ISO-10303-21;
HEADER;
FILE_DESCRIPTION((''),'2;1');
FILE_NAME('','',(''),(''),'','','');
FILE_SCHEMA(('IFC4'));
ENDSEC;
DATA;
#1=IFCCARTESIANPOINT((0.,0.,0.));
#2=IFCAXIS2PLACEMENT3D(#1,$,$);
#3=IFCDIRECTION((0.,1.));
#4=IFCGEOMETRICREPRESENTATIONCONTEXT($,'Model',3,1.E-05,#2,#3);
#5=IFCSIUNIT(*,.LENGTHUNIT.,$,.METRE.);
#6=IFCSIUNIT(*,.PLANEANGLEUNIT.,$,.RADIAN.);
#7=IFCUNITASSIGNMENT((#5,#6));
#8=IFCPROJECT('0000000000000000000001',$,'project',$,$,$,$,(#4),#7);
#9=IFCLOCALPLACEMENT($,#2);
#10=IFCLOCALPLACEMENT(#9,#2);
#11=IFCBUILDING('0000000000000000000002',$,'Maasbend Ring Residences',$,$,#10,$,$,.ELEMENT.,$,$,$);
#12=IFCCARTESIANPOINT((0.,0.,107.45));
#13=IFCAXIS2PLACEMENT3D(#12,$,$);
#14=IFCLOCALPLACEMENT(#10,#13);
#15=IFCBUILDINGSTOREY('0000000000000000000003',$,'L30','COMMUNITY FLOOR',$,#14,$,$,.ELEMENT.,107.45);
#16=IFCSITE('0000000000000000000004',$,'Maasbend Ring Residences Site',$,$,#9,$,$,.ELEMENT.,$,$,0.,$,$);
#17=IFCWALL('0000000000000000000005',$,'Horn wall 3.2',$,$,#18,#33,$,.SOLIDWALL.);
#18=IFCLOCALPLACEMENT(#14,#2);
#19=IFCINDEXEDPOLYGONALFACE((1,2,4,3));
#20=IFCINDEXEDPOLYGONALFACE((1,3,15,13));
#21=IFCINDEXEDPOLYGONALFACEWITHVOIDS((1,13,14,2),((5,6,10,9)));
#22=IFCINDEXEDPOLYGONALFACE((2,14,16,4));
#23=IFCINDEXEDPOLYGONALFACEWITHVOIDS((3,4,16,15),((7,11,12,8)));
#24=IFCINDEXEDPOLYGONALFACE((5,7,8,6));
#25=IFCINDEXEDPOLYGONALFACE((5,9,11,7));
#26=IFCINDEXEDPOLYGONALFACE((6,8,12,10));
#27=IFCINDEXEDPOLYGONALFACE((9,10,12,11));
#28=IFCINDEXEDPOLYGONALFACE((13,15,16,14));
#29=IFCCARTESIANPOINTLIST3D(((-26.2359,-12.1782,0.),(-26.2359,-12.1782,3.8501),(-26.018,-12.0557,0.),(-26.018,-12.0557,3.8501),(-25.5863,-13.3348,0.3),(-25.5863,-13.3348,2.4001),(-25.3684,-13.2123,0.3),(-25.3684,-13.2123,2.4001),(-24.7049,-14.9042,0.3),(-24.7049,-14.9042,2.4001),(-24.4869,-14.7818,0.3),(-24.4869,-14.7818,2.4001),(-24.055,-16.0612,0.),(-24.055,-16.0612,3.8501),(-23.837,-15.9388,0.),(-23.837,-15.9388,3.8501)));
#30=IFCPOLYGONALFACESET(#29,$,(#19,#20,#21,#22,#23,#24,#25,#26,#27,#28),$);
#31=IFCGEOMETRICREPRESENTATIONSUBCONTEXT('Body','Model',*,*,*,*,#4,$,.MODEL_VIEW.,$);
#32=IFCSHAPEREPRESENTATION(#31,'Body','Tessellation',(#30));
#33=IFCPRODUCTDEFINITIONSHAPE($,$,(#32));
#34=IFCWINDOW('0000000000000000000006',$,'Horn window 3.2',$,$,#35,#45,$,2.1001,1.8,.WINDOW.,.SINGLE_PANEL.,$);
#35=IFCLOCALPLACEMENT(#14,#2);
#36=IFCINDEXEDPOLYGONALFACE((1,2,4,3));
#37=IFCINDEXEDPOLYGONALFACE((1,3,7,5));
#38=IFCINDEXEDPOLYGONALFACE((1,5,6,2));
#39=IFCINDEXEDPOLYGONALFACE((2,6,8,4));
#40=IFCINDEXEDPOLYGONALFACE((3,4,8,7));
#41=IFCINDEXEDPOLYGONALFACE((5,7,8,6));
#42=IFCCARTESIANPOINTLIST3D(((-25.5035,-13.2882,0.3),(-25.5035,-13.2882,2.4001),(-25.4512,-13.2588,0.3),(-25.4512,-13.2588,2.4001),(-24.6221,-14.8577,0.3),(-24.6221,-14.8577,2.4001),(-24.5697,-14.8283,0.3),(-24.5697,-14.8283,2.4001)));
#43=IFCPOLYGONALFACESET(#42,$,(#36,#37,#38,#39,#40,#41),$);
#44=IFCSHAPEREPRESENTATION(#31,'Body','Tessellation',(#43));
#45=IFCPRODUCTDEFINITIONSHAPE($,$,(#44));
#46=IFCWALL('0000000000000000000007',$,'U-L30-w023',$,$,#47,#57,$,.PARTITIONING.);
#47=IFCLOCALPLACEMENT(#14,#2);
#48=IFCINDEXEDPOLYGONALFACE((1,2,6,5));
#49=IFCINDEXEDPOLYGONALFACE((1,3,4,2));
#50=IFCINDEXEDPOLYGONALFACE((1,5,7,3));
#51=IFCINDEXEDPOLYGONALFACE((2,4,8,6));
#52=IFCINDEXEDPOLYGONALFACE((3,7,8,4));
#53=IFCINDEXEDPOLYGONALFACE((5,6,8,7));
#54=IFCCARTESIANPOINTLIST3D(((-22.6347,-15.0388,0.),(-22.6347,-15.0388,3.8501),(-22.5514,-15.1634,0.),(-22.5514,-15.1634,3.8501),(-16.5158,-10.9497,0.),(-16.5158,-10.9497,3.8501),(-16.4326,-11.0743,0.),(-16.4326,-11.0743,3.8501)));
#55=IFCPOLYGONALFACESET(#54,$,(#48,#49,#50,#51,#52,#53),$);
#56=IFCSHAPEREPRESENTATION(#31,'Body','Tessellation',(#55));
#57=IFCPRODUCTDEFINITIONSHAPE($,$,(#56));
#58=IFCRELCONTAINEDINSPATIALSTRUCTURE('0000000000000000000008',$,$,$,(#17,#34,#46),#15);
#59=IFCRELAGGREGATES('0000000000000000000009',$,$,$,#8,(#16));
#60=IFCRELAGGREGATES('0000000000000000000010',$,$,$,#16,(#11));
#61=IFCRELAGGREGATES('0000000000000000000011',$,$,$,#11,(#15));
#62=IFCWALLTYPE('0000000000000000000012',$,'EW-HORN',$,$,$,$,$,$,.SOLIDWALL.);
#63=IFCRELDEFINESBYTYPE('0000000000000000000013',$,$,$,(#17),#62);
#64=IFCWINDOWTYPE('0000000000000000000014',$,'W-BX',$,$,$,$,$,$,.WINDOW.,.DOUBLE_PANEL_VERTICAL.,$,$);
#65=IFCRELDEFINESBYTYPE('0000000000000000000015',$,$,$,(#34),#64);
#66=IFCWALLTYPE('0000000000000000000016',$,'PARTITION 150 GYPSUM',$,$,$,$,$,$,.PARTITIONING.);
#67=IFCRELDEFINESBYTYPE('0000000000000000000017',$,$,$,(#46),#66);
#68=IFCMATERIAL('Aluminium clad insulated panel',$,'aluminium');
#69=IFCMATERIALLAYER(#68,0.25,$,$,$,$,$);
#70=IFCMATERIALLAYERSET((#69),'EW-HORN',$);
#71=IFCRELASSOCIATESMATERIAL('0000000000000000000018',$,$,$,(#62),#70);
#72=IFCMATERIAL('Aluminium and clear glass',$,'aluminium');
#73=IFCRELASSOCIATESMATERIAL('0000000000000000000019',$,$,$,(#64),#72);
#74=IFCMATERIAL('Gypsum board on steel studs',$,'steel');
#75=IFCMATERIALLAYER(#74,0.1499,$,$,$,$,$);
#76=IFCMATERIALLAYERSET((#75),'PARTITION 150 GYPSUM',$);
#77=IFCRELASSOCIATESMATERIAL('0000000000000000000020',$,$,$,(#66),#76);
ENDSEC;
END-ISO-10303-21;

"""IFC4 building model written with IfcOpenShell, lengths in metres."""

from ifc_helpers import new_model, si_unit, direction, frame, frame_2d, origin, place, context, subcontext, project, spatial, rectangle, extrude, material, layer, layer_set, type_object, element, fill, save


model = new_model("IFC4")

# Units and contexts
model_context = context("Model", 3, precision=1e-05, world=origin(), true_north=direction((0.0, 1.0)))
body_context = subcontext(model_context, "Body", "Model", "MODEL_VIEW")
ifc_project = project(units=[si_unit("LENGTHUNIT", "METRE"), si_unit("PLANEANGLEUNIT", "RADIAN")], contexts=[model_context])

# Site, building, storey
site_placement = place(None, origin())
site = spatial("IfcSite", under=ifc_project, at=site_placement, Name="Maasbend Ring Residences Site", CompositionType="ELEMENT", RefElevation=0.0)
building_placement = place(site_placement, origin())
building = spatial("IfcBuilding", under=site, at=building_placement, Name="Maasbend Ring Residences", CompositionType="ELEMENT")
storey_placement = place(building_placement, frame((0.0, 0.0, 107.45)))
storey = spatial("IfcBuildingStorey", under=building, at=storey_placement, Name="L30", Description="COMMUNITY FLOOR", CompositionType="ELEMENT", Elevation=107.45)

# Wall, opening, window
ifc_material_1 = material(Name="Aluminium clad insulated panel", Category="aluminium")
ifc_layer_1 = layer(ifc_material_1, 0.25)
ifc_layer_set_1 = layer_set([ifc_layer_1], Name="EW-HORN")
wall_type_1 = type_object("IfcWallType", Name="EW-HORN", PredefinedType="SOLIDWALL", material=ifc_layer_set_1)
wall_1_placement = place(storey_placement, frame((-26.127, -12.1169, 0.0), z_axis=(0.0, 0.0, 1.0), x_axis=(0.489696, -0.871893, 0.0)))
wall_1 = element("IfcWall", 1, at=wall_1_placement, inside=storey, type_object=wall_type_1, Name="Horn wall 3.2", PredefinedType="SOLIDWALL", context=body_context, shape_type="SweptSolid", body=[
    extrude(rectangle(XDim=4.4536, YDim=0.25, at=frame_2d((2.2268, 0.0))), origin(), (0.0, 0.0, 1.0), 3.8501),
])
opening_1_placement = place(wall_1_placement, frame((1.3267, 0.0, 0.3)))
opening_1 = element("IfcOpeningElement", 2, at=opening_1_placement, cuts=wall_1, PredefinedType="OPENING", context=body_context, shape_type="SweptSolid", body=[
    extrude(rectangle(XDim=1.8, YDim=2.1001, at=frame_2d((0.8999, 1.05))), frame((0.0, 0.135, 0.0), z_axis=(0.0, -1.0, 0.0), x_axis=(1.0, 0.0, 0.0)), (0.0, 0.0, 1.0), 0.27),
])
ifc_material_2 = material(Name="Aluminium and clear glass", Category="aluminium")
window_type = type_object("IfcWindowType", Name="W-BX", PartitioningType="DOUBLE_PANEL_VERTICAL", PredefinedType="WINDOW", material=ifc_material_2)
window_placement = place(opening_1_placement, origin())
window = element("IfcWindow", 3, at=window_placement, inside=storey, type_object=window_type, Name="Horn window 3.2", OverallHeight=2.1001, OverallWidth=1.8, PartitioningType="SINGLE_PANEL", PredefinedType="WINDOW", context=body_context, shape_type="SweptSolid", body=[
    extrude(rectangle(XDim=1.8, YDim=2.1001, at=frame_2d((0.8999, 1.05))), frame((0.0, 0.03, 0.0), z_axis=(0.0, -1.0, 0.0), x_axis=(1.0, 0.0, 0.0)), (0.0, 0.0, 1.0), 0.0601),
])
fill(opening_1, window)

# Wall
ifc_material_3 = material(Name="Gypsum board on steel studs", Category="steel")
ifc_layer_2 = layer(ifc_material_3, 0.1499)
ifc_layer_set_2 = layer_set([ifc_layer_2], Name="PARTITION 150 GYPSUM")
wall_type_2 = type_object("IfcWallType", Name="PARTITION 150 GYPSUM", PredefinedType="PARTITIONING", material=ifc_layer_set_2)
wall_2_placement = place(storey_placement, frame((-22.593, -15.1011, 0.0), z_axis=(0.0, 0.0, 1.0), x_axis=(0.831432, 0.555626, 0.0)))
element("IfcWall", 4, at=wall_2_placement, inside=storey, type_object=wall_type_2, Name="U-L30-w023", PredefinedType="PARTITIONING", context=body_context, shape_type="SweptSolid", body=[
    extrude(rectangle(XDim=7.3594, YDim=0.1499, at=frame_2d((3.6797, 0.0))), origin(), (0.0, 0.0, 1.0), 3.8501),
])

save(model, "model.ifc")
